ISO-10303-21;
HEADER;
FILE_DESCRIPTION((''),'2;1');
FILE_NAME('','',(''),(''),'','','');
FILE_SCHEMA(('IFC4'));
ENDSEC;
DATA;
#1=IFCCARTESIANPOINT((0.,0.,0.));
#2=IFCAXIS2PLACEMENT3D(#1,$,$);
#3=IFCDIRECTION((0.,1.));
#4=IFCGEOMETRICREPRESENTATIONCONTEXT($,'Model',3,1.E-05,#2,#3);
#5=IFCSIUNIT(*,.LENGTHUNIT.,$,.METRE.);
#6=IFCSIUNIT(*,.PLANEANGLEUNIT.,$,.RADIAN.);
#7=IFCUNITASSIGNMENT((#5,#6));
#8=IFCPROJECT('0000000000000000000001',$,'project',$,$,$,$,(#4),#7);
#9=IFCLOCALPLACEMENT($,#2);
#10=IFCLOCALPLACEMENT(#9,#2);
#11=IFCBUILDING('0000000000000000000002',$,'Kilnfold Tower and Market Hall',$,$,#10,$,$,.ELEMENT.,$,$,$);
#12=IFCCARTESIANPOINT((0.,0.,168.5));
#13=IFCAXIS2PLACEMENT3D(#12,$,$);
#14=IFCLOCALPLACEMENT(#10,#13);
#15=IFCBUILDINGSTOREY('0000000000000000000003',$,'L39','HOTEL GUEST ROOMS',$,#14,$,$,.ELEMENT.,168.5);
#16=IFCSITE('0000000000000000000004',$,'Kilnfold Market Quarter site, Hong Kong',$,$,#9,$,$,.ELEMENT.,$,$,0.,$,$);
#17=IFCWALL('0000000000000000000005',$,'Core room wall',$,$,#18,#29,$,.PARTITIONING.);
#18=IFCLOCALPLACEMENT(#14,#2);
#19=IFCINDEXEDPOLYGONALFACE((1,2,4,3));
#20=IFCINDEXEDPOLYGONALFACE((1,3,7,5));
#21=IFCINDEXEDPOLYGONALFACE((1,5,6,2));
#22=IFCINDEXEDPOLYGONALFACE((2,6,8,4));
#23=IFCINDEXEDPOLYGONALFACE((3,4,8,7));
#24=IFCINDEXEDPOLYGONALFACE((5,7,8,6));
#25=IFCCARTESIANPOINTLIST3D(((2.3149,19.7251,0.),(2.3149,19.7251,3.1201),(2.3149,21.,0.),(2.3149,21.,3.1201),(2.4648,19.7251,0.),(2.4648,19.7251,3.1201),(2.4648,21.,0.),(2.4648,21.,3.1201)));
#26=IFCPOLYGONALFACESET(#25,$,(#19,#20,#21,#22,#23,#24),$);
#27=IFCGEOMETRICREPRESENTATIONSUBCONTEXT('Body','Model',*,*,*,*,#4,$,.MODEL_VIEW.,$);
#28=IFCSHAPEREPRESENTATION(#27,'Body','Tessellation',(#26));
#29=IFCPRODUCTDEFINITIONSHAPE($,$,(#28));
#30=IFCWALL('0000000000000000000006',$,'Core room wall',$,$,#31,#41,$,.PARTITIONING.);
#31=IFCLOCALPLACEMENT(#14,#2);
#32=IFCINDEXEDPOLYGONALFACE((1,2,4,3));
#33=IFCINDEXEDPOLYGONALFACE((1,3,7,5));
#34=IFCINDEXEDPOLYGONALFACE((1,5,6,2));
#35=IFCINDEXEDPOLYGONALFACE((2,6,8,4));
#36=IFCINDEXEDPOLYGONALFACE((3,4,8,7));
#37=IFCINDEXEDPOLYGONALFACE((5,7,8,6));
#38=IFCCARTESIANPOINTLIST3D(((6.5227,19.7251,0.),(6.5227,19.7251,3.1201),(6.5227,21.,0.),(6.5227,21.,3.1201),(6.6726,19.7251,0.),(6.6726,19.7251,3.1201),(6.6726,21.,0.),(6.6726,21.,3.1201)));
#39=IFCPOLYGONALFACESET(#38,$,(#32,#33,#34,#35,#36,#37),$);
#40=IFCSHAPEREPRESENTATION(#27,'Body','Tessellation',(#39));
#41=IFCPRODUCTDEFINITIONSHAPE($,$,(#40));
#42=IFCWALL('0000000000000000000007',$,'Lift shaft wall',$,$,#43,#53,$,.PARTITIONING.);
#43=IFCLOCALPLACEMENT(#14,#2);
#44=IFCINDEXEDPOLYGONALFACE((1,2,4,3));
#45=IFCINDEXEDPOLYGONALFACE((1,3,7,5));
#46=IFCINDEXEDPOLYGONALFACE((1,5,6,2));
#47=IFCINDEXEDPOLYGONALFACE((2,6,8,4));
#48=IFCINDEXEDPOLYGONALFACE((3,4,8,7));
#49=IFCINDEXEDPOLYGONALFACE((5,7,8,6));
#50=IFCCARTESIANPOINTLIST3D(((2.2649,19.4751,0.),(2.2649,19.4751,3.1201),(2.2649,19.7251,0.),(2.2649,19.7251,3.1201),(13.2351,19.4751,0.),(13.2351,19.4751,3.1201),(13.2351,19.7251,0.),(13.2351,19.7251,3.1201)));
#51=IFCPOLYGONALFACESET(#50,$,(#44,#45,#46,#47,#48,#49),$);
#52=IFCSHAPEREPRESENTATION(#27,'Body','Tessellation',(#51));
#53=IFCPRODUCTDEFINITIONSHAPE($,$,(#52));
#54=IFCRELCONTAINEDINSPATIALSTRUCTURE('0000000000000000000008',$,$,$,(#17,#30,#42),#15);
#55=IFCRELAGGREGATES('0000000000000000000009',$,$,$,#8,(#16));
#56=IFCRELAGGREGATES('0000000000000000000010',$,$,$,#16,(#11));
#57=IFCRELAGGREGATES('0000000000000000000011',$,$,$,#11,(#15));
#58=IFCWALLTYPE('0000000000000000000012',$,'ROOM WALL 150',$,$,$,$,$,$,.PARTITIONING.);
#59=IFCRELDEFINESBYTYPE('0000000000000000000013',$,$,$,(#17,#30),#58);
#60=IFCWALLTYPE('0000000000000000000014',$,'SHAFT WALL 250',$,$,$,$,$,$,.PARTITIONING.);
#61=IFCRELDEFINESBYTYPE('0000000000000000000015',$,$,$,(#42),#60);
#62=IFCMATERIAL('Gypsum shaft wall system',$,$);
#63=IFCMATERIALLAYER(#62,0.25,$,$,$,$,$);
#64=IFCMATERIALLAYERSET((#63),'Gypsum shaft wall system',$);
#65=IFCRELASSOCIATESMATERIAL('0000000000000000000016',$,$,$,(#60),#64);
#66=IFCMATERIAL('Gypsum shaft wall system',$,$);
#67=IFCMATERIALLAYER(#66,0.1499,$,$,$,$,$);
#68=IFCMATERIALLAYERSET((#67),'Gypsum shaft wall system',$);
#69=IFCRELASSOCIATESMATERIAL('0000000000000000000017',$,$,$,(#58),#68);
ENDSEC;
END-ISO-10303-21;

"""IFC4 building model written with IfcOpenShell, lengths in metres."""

from ifc_helpers import new_model, si_unit, direction, frame, frame_2d, origin, place, context, subcontext, project, spatial, rectangle, extrude, source, transform, mapped, material, layer, layer_set, type_object, element, save


model = new_model("IFC4")

# Units and contexts
model_context = context("Model", 3, precision=1e-05, world=origin(), true_north=direction((0.0, 1.0)))
body_context = subcontext(model_context, "Body", "Model", "MODEL_VIEW")
ifc_project = project(units=[si_unit("LENGTHUNIT", "METRE"), si_unit("PLANEANGLEUNIT", "RADIAN")], contexts=[model_context])

# Site, building, storey
site_placement = place(None, origin())
site = spatial("IfcSite", under=ifc_project, at=site_placement, Name="Kilnfold Market Quarter site, Hong Kong", CompositionType="ELEMENT", RefElevation=0.0)
building_placement = place(site_placement, origin())
building = spatial("IfcBuilding", under=site, at=building_placement, Name="Kilnfold Tower and Market Hall", CompositionType="ELEMENT")
storey_placement = place(building_placement, frame((0.0, 0.0, 168.5)))
storey = spatial("IfcBuildingStorey", under=building, at=storey_placement, Name="L39", Description="HOTEL GUEST ROOMS", CompositionType="ELEMENT", Elevation=168.5)

# Walls
ifc_material_1 = material(Name="Gypsum shaft wall system")
ifc_layer_1 = layer(ifc_material_1, 0.25)
ifc_layer_set_1 = layer_set([ifc_layer_1], Name="Gypsum shaft wall system")
wall_type_1 = type_object("IfcWallType", Name="SHAFT WALL 250", PredefinedType="PARTITIONING", material=ifc_layer_set_1)
ifc_material_2 = material(Name="Gypsum shaft wall system")
ifc_layer_2 = layer(ifc_material_2, 0.1499)
ifc_layer_set_2 = layer_set([ifc_layer_2], Name="Gypsum shaft wall system")
wall_type_2 = type_object("IfcWallType", Name="ROOM WALL 150", PredefinedType="PARTITIONING", material=ifc_layer_set_2)
shared_shape_1 = source(origin(), body_context, "Body", "SweptSolid", [
    extrude(rectangle(XDim=1.2749, YDim=0.1499, at=frame_2d((0.6375, 0.0))), origin(), (0.0, 0.0, 1.0), 3.1201),
])
for number, where, z_axis, x_axis, name in (
    (1, (2.3899, 19.7251, 0.0), (0.0, 0.0, 1.0), (0.0, 1.0, 0.0), "Core room wall"),
    (2, (6.5977, 19.7251, 0.0), (0.0, 0.0, 1.0), (0.0, 1.0, 0.0), "Core room wall"),
):
    element("IfcWall", number, at=place(storey_placement, frame(where, z_axis=z_axis, x_axis=x_axis)), inside=storey, type_object=wall_type_2, Name=name, PredefinedType="PARTITIONING", context=body_context, shape_type="MappedRepresentation", body=[
        mapped(shared_shape_1, transform((0.0, 0.0, 0.0))),
    ])
shared_shape_2 = source(origin(), body_context, "Body", "SweptSolid", [
    extrude(rectangle(XDim=10.9702, YDim=0.25, at=frame_2d((5.4851, 0.0))), origin(), (0.0, 0.0, 1.0), 3.1201),
])
wall_1_placement = place(storey_placement, frame((2.2649, 19.6001, 0.0), z_axis=(0.0, 0.0, 1.0), x_axis=(1.0, 0.0, 0.0)))
element("IfcWall", 3, at=wall_1_placement, inside=storey, type_object=wall_type_1, Name="Lift shaft wall", PredefinedType="PARTITIONING", context=body_context, shape_type="MappedRepresentation", body=[
    mapped(shared_shape_2, transform((0.0, 0.0, 0.0))),
])

save(model, "model.ifc")
